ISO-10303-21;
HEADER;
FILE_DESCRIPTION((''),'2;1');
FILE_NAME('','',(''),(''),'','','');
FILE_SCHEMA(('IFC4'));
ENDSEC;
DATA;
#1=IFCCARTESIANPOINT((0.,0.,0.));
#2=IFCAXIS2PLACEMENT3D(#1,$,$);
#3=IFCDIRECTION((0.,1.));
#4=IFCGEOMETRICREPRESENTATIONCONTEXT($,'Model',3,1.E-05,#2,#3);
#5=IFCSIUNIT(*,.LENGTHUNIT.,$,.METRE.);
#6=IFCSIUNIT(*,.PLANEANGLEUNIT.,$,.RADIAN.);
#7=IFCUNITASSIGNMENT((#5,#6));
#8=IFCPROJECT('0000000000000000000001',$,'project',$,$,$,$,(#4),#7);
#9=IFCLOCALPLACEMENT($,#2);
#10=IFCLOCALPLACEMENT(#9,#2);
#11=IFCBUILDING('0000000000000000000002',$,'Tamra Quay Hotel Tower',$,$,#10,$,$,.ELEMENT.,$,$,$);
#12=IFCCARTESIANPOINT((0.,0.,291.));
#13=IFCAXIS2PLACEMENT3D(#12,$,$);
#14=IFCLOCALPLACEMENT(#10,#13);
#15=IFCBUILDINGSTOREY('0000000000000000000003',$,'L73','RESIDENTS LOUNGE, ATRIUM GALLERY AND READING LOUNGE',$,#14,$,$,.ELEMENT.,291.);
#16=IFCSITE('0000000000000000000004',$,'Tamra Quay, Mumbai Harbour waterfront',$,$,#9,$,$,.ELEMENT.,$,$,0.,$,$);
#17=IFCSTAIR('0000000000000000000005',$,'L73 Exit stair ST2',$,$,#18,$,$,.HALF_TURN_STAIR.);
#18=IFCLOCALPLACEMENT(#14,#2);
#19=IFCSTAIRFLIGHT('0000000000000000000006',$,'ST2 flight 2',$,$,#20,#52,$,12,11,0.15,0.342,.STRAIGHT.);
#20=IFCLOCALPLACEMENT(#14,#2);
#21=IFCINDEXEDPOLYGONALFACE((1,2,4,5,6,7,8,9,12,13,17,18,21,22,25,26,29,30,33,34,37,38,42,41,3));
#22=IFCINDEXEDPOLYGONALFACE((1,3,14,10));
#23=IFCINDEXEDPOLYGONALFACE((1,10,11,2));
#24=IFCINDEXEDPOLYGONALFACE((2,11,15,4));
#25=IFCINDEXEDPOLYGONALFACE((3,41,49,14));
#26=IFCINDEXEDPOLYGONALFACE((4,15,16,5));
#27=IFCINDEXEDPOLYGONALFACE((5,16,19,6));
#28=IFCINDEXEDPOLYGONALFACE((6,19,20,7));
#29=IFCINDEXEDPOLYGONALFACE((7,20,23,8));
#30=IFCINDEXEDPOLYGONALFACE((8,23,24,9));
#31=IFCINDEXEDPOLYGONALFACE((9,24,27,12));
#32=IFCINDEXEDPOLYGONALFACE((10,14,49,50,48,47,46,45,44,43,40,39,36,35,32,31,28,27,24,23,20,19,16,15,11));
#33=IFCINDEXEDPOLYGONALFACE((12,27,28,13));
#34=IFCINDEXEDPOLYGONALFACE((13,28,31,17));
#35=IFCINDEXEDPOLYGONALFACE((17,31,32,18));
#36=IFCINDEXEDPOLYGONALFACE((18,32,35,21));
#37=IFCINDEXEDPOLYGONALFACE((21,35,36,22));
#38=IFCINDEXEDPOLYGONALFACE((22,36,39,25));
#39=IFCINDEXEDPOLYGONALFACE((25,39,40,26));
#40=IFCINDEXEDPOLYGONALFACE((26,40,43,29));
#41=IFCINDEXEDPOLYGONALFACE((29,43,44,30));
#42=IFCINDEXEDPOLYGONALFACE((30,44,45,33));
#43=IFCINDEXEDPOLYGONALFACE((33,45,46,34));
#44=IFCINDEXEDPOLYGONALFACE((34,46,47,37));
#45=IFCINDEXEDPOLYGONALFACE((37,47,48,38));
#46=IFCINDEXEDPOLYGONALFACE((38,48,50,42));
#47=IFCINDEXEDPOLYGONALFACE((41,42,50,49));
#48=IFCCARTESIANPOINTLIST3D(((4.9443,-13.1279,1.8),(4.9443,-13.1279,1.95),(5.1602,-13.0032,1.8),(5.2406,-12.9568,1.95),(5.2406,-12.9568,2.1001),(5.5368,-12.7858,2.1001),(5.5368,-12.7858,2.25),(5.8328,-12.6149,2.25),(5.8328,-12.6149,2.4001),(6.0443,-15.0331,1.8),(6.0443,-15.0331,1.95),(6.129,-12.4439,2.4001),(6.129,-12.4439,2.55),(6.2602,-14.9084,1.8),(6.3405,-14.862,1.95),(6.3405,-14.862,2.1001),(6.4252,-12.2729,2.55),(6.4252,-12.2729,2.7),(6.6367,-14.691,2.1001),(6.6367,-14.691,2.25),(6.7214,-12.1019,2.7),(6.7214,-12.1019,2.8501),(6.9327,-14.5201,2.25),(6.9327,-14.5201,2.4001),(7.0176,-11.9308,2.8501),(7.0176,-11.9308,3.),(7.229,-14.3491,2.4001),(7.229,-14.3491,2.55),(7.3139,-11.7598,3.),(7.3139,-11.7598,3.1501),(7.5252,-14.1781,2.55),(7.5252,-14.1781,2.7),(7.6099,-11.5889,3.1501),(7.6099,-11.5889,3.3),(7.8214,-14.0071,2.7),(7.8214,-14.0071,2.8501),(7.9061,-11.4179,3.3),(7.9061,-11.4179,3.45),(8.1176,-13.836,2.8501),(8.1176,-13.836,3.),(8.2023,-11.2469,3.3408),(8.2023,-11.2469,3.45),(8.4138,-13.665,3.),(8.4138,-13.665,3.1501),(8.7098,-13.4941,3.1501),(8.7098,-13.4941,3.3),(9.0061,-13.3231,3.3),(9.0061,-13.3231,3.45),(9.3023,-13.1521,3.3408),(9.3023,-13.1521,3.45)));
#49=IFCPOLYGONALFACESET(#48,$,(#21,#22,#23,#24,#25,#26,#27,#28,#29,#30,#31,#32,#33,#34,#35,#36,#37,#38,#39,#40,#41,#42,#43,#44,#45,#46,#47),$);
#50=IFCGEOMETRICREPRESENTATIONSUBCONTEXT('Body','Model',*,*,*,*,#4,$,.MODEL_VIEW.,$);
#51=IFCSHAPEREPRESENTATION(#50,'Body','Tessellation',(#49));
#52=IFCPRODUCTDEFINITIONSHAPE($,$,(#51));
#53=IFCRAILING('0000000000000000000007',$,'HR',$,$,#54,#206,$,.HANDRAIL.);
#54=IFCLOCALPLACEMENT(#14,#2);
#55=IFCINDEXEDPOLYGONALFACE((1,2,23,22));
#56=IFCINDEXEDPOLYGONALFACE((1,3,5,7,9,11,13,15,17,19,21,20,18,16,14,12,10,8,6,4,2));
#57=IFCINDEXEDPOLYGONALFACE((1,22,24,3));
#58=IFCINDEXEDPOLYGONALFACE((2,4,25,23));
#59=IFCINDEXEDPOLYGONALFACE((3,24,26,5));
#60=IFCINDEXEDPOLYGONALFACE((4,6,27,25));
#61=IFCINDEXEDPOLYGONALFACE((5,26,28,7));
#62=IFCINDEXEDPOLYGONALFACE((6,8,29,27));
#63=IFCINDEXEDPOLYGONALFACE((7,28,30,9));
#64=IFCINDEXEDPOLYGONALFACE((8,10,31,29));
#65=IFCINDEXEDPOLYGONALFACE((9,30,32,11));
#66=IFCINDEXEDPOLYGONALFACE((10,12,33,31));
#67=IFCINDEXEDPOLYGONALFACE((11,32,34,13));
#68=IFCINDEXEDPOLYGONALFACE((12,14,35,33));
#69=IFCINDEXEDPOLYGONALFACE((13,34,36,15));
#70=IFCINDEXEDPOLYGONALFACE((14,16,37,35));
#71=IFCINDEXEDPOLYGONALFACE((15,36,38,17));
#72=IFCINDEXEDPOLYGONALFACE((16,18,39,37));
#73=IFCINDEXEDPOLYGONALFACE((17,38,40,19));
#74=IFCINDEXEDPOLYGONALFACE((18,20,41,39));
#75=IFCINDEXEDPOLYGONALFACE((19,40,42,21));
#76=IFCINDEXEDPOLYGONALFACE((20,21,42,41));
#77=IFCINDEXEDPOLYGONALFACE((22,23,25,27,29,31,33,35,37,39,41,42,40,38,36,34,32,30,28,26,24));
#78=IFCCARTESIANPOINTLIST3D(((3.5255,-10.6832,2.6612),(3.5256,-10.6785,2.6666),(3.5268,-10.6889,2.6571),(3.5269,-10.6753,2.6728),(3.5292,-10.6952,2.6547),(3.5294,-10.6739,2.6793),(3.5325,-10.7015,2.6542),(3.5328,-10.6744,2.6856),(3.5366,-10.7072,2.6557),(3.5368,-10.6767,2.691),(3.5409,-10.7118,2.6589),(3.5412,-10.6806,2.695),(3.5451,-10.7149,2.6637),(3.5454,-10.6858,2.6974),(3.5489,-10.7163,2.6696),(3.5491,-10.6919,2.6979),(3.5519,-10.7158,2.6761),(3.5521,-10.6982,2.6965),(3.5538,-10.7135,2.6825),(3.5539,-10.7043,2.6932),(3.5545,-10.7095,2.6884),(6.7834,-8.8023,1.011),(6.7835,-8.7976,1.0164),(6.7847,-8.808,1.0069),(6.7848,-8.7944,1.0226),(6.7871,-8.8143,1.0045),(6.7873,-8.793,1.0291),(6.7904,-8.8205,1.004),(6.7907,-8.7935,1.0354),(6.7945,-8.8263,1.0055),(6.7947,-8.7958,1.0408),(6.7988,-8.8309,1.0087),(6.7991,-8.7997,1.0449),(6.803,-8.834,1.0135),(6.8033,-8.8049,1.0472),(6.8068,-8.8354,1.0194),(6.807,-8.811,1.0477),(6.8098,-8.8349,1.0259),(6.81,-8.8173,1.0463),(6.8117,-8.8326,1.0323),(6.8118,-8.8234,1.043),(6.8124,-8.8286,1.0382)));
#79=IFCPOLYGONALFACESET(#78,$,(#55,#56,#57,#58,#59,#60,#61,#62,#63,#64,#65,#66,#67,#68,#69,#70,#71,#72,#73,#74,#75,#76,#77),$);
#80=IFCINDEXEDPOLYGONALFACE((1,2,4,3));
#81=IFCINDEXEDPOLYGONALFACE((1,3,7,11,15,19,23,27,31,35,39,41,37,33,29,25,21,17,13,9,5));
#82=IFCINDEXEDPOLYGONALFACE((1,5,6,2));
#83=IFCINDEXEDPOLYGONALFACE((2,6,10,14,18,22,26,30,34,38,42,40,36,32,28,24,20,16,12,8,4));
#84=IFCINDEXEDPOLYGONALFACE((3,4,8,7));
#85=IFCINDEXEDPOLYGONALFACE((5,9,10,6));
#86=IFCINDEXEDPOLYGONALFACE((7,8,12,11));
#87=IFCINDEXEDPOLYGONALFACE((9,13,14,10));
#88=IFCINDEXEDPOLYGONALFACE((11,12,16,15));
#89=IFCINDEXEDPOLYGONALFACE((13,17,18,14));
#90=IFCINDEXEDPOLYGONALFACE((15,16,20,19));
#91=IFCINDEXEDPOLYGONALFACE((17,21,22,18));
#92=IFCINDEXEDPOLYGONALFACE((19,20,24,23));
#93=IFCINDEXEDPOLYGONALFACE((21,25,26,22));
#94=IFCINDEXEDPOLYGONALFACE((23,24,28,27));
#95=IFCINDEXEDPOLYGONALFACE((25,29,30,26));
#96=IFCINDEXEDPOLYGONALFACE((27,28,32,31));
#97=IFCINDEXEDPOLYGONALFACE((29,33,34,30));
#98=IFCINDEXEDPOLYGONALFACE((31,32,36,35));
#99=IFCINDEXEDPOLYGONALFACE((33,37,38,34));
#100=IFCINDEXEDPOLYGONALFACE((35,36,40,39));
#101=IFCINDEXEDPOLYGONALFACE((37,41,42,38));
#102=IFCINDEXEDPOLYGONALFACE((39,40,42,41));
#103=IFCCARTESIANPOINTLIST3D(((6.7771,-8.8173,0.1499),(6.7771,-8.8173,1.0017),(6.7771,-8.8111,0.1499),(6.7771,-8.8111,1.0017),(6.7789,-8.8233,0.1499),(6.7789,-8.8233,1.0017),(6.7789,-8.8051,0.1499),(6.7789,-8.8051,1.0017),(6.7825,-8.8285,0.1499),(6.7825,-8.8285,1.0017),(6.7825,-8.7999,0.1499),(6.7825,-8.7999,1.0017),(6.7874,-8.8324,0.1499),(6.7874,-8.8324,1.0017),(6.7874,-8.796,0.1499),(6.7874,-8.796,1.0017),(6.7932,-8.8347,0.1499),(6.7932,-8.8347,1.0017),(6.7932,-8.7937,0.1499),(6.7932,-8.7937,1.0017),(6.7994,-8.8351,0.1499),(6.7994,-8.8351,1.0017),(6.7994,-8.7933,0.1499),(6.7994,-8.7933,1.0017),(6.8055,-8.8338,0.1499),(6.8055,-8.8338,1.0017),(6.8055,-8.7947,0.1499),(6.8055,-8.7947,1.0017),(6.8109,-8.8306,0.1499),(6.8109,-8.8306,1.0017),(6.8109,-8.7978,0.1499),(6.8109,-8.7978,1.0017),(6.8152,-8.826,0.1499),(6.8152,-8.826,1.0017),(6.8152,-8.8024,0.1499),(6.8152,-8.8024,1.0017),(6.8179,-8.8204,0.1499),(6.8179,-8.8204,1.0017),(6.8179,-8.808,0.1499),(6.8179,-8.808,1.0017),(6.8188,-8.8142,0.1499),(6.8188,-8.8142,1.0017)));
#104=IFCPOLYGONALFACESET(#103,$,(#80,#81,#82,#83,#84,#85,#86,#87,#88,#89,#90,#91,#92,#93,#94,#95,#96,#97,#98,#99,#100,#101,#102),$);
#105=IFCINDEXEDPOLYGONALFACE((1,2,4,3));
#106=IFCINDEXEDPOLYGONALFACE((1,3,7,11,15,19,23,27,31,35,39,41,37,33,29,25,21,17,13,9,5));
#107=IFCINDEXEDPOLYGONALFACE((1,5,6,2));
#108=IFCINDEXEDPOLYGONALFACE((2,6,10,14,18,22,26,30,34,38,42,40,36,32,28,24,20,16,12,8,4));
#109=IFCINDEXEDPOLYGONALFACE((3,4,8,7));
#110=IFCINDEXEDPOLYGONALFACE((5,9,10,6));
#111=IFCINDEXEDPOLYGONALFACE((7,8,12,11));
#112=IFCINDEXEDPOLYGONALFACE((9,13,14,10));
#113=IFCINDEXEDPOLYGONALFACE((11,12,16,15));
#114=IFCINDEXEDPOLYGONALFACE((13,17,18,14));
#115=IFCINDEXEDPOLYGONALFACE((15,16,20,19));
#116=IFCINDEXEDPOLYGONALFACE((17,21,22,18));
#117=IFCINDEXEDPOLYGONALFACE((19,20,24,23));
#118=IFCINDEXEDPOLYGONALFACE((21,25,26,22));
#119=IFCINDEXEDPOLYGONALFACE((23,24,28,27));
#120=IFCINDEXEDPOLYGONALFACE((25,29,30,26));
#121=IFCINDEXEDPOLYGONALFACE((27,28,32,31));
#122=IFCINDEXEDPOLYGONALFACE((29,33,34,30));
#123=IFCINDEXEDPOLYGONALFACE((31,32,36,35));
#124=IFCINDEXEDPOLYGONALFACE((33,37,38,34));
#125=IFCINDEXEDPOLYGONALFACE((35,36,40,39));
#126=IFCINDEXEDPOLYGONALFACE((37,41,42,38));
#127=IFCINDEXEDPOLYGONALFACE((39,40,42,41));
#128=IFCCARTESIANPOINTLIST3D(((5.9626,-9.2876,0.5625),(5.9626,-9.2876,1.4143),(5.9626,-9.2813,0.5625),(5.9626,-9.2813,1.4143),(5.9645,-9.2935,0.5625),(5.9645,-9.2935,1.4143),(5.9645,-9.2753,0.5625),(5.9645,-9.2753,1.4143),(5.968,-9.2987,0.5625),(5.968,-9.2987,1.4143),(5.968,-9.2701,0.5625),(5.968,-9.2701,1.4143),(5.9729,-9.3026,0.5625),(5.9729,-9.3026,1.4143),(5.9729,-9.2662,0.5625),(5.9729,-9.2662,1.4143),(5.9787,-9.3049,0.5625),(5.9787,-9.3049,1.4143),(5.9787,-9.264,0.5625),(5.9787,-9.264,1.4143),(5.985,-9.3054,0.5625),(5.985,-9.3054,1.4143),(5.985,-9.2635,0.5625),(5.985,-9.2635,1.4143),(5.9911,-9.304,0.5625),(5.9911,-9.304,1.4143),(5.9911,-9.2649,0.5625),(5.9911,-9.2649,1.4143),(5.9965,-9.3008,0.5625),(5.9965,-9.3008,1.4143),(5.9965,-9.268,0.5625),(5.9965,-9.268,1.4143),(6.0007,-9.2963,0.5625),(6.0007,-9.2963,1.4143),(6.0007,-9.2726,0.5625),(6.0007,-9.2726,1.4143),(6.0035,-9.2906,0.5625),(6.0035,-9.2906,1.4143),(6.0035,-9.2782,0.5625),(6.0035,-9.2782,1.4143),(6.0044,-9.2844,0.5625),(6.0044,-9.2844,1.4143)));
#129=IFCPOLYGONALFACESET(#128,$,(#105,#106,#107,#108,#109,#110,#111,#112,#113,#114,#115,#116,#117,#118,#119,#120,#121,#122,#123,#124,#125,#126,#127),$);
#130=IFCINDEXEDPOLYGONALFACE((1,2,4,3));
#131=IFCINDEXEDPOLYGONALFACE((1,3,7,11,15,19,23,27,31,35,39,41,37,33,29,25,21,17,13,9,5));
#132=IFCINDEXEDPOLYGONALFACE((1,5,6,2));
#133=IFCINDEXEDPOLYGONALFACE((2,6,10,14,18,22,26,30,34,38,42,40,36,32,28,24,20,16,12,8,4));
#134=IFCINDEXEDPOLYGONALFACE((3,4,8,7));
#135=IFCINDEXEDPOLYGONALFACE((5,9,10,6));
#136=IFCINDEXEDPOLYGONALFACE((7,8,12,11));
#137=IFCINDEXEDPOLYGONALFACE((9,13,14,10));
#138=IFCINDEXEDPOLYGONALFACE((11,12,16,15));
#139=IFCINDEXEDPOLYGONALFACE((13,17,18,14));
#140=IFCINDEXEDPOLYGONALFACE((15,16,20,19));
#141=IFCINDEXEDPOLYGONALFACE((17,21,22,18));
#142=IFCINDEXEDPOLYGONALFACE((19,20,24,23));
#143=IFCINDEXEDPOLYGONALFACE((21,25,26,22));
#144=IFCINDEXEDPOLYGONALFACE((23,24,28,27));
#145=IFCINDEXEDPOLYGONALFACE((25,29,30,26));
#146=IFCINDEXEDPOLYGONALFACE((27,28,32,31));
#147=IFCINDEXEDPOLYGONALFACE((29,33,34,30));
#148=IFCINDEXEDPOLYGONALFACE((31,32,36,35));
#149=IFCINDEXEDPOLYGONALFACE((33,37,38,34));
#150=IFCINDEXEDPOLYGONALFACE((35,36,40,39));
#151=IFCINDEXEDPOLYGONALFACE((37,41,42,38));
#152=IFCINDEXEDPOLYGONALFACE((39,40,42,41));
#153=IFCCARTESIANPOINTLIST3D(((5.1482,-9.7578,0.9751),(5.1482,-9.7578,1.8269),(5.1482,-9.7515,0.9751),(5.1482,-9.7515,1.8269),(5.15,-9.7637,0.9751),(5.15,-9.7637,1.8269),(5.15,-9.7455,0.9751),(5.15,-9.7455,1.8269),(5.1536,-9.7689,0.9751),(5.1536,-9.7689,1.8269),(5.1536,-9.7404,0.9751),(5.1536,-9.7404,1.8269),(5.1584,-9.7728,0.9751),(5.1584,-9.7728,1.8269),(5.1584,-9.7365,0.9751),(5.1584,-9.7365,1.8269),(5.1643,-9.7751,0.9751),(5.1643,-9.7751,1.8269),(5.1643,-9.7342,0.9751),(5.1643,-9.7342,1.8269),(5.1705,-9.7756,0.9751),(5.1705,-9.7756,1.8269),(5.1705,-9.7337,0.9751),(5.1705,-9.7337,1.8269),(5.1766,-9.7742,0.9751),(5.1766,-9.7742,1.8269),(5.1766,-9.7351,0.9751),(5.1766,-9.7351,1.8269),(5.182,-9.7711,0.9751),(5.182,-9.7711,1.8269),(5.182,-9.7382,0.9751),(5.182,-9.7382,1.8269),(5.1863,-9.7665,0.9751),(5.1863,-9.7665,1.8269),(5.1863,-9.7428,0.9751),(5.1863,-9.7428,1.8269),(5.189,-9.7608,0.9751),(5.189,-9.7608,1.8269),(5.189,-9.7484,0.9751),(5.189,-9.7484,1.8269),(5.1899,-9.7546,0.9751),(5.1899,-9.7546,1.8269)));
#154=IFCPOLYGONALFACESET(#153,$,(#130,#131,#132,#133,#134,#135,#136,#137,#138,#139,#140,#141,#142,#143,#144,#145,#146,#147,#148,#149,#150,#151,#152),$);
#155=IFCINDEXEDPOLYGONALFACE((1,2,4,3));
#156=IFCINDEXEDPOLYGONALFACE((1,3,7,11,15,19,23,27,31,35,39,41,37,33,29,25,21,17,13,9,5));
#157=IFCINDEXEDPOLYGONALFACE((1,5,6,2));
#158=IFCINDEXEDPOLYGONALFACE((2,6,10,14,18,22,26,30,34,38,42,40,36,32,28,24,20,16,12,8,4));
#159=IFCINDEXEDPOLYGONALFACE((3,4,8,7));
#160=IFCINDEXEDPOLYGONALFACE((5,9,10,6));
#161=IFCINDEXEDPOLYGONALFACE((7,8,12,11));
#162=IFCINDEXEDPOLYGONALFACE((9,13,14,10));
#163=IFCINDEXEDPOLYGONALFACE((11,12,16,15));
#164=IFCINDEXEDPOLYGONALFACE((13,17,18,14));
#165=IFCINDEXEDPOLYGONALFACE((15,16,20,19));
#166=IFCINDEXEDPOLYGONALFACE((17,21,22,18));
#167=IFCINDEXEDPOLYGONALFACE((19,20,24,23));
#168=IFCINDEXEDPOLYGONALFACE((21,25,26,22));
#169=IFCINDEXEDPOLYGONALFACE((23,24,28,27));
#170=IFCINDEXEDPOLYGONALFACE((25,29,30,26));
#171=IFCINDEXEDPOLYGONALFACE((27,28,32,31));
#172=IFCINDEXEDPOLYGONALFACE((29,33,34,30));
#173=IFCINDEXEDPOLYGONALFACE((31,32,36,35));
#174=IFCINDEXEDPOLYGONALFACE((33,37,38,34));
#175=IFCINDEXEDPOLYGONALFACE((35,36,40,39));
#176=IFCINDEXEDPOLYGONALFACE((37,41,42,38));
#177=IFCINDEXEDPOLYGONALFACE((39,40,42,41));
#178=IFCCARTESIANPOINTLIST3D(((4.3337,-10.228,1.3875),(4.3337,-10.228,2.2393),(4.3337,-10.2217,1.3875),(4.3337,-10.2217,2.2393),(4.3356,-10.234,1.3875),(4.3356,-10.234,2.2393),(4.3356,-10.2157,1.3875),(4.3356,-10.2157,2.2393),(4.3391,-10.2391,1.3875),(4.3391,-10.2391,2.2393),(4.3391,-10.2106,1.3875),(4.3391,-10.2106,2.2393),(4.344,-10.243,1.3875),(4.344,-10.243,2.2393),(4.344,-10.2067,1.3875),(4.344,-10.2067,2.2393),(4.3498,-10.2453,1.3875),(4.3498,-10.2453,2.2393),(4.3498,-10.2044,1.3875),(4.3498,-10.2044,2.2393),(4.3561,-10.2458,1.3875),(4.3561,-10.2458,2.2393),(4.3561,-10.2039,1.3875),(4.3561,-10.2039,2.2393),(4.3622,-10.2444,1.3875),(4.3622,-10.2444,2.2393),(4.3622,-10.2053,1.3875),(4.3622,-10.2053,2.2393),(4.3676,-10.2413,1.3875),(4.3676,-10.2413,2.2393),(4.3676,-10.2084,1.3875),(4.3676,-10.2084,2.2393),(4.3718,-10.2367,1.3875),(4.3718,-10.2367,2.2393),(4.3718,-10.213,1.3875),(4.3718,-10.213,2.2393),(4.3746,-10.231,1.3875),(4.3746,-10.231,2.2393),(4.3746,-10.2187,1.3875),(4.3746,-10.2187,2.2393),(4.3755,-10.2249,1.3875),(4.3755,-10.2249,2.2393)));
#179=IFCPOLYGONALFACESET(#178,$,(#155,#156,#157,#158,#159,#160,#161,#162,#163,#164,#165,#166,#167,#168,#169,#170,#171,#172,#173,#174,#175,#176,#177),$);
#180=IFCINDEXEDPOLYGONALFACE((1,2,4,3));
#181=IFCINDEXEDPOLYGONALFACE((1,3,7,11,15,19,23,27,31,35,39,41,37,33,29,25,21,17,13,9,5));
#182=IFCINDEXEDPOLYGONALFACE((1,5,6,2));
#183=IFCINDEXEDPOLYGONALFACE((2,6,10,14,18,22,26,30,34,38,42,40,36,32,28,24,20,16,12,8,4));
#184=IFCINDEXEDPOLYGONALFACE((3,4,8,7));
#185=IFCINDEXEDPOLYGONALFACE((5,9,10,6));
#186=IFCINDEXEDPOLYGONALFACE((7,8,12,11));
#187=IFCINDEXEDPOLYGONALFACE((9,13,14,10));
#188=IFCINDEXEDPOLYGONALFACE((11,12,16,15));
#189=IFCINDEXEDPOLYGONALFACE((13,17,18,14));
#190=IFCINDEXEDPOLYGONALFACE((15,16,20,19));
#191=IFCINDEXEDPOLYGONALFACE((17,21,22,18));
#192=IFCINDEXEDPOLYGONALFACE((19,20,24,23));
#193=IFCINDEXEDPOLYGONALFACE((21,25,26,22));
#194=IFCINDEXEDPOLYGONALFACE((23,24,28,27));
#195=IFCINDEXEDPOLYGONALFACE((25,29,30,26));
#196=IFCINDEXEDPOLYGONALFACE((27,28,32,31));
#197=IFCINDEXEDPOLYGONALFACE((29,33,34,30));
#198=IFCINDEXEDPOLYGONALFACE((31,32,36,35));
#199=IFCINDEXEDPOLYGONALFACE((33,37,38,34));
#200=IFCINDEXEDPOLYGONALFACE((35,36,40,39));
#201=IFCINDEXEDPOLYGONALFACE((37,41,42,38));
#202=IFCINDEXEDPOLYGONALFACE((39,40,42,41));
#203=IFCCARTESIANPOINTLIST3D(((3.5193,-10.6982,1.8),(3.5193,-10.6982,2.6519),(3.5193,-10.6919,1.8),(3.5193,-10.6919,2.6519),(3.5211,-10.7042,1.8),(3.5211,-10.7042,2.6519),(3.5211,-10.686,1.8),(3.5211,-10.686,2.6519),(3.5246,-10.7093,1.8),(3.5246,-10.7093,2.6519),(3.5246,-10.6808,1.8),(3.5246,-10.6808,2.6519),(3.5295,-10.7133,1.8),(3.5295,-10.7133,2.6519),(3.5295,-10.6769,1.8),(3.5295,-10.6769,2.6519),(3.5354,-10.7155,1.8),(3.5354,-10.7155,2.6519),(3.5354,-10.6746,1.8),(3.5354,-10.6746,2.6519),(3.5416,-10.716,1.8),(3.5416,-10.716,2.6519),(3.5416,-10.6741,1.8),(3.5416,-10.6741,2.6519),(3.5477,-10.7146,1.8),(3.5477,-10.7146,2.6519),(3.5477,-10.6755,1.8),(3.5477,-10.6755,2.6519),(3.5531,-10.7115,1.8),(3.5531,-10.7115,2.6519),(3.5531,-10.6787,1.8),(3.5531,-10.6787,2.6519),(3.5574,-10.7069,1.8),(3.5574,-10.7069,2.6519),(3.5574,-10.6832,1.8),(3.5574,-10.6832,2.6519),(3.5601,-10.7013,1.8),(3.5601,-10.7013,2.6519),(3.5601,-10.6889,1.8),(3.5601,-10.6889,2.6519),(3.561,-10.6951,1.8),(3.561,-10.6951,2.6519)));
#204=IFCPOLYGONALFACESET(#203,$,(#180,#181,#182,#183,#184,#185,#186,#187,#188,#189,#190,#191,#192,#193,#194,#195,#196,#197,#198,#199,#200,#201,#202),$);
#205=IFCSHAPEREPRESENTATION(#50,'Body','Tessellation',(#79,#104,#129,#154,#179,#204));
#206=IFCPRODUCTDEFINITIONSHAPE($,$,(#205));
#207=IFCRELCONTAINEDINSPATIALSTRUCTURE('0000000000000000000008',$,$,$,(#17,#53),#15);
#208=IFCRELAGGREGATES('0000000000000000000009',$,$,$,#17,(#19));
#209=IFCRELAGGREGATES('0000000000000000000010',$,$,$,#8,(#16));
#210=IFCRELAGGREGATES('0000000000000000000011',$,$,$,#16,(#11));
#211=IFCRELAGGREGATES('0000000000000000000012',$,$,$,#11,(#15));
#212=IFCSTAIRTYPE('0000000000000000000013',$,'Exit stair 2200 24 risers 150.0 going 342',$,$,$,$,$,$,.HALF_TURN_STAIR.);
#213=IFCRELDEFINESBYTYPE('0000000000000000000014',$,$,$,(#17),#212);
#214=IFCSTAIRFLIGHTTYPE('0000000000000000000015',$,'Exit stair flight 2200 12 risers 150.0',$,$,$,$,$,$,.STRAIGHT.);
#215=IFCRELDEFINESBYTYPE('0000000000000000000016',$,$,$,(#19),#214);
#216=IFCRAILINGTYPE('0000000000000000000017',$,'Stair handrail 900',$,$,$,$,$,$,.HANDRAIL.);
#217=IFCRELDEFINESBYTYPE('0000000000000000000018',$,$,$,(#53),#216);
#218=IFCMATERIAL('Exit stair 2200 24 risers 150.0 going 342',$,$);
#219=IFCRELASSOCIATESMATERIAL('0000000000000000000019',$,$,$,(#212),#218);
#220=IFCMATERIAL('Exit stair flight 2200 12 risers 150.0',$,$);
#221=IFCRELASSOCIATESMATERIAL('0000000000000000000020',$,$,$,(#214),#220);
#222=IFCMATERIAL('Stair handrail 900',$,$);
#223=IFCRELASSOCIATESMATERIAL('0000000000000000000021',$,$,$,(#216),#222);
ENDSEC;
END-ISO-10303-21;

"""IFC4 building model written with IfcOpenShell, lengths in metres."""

from ifc_helpers import new_model, si_unit, direction, frame, origin, origin_2d, place, context, subcontext, project, spatial, polyline, circle, outline, extrude, material, type_object, element, aggregate, save


model = new_model("IFC4")

# Units and contexts
model_context = context("Model", 3, precision=1e-05, world=origin(), true_north=direction((0.0, 1.0)))
body_context = subcontext(model_context, "Body", "Model", "MODEL_VIEW")
ifc_project = project(units=[si_unit("LENGTHUNIT", "METRE"), si_unit("PLANEANGLEUNIT", "RADIAN")], contexts=[model_context])

# Site, building, storey
site_placement = place(None, origin())
site = spatial("IfcSite", under=ifc_project, at=site_placement, Name="Tamra Quay, Mumbai Harbour waterfront", CompositionType="ELEMENT", RefElevation=0.0)
building_placement = place(site_placement, origin())
building = spatial("IfcBuilding", under=site, at=building_placement, Name="Tamra Quay Hotel Tower", CompositionType="ELEMENT")
storey_placement = place(building_placement, frame((0.0, 0.0, 291.0)))
storey = spatial("IfcBuildingStorey", under=building, at=storey_placement, Name="L73", Description="RESIDENTS LOUNGE, ATRIUM GALLERY AND READING LOUNGE", CompositionType="ELEMENT", Elevation=291.0)

# Stair, stair flight
ifc_material_1 = material(Name="Exit stair 2200 24 risers 150.0 going 342")
stair_type = type_object("IfcStairType", Name="Exit stair 2200 24 risers 150.0 going 342", PredefinedType="HALF_TURN_STAIR", material=ifc_material_1)
stair_placement = place(storey_placement, origin())
stair = element("IfcStair", 1, at=stair_placement, inside=storey, type_object=stair_type, Name="L73 Exit stair ST2", PredefinedType="HALF_TURN_STAIR")
ifc_material_2 = material(Name="Exit stair flight 2200 12 risers 150.0")
stair_flight_type = type_object("IfcStairFlightType", Name="Exit stair flight 2200 12 risers 150.0", PredefinedType="STRAIGHT", material=ifc_material_2)
stair_flight_1_placement = place(storey_placement, frame((5.4944, -14.0806, 1.8), z_axis=(0.0, 0.0, 1.0), x_axis=(0.866025, 0.5, 0.0)))
stair_flight_1 = element("IfcStairFlight", 2, at=stair_flight_1_placement, type_object=stair_flight_type, Name="ST2 flight 2", NumberOfRisers=12, NumberOfTreads=11, PredefinedType="STRAIGHT", RiserHeight=0.15, TreadLength=0.342, context=body_context, shape_type="SweptSolid", body=[
    extrude(outline(polyline([(0.0, 0.0), (0.0, 0.1499), (0.342, 0.1499), (0.342, 0.3), (0.6841, 0.3), (0.6841, 0.45), (1.0259, 0.45), (1.0259, 0.6001), (1.3679, 0.6001), (1.3679, 0.75), (1.71, 0.75), (1.71, 0.8999), (2.052, 0.8999), (2.052, 1.05), (2.394, 1.05), (2.394, 1.2), (2.7361, 1.2), (2.7361, 1.3501), (3.0779, 1.3501), (3.0779, 1.5), (3.4199, 1.5), (3.4199, 1.6499), (3.762, 1.6499), (3.762, 1.8), (3.762, 1.5408), (0.2493, 0.0), (0.0, 0.0)])), frame((0.0, 1.1001, 0.0), z_axis=(0.0, -1.0, 0.0), x_axis=(1.0, 0.0, 0.0)), (0.0, 0.0, 1.0), 2.2),
])
aggregate(stair, [stair_flight_1])

# Railing
ifc_material_3 = material(Name="Stair handrail 900")
railing_type_1 = type_object("IfcRailingType", Name="Stair handrail 900", PredefinedType="HANDRAIL", material=ifc_material_3)
railing_1_placement = place(storey_placement, frame((6.7979, -8.8142, 0.1499)))
element("IfcRailing", 3, at=railing_1_placement, inside=storey, type_object=railing_type_1, Name="HR", PredefinedType="HANDRAIL", context=body_context, shape_type="SweptSolid", body=[
    extrude(circle(Radius=0.0239, at=origin_2d()), frame((0.0, 0.0, 0.876), z_axis=(-0.793081, -0.457876, 0.401711), x_axis=(0.499992, -0.86603, 0.0)), (0.0, 0.0, 1.0), 4.1079),
    extrude(circle(Radius=0.021, at=origin_2d()), origin(), (0.0, 0.0, 1.0), 0.8518),
    extrude(circle(Radius=0.021, at=origin_2d()), frame((-0.8145, -0.4702, 0.4126)), (0.0, 0.0, 1.0), 0.8518),
    extrude(circle(Radius=0.021, at=origin_2d()), frame((-1.6289, -0.9404, 0.8252)), (0.0, 0.0, 1.0), 0.8518),
    extrude(circle(Radius=0.021, at=origin_2d()), frame((-2.4434, -1.4106, 1.2375)), (0.0, 0.0, 1.0), 0.8518),
    extrude(circle(Radius=0.021, at=origin_2d()), frame((-3.2578, -1.8809, 1.6501)), (0.0, 0.0, 1.0), 0.8518),
])

save(model, "model.ifc")
